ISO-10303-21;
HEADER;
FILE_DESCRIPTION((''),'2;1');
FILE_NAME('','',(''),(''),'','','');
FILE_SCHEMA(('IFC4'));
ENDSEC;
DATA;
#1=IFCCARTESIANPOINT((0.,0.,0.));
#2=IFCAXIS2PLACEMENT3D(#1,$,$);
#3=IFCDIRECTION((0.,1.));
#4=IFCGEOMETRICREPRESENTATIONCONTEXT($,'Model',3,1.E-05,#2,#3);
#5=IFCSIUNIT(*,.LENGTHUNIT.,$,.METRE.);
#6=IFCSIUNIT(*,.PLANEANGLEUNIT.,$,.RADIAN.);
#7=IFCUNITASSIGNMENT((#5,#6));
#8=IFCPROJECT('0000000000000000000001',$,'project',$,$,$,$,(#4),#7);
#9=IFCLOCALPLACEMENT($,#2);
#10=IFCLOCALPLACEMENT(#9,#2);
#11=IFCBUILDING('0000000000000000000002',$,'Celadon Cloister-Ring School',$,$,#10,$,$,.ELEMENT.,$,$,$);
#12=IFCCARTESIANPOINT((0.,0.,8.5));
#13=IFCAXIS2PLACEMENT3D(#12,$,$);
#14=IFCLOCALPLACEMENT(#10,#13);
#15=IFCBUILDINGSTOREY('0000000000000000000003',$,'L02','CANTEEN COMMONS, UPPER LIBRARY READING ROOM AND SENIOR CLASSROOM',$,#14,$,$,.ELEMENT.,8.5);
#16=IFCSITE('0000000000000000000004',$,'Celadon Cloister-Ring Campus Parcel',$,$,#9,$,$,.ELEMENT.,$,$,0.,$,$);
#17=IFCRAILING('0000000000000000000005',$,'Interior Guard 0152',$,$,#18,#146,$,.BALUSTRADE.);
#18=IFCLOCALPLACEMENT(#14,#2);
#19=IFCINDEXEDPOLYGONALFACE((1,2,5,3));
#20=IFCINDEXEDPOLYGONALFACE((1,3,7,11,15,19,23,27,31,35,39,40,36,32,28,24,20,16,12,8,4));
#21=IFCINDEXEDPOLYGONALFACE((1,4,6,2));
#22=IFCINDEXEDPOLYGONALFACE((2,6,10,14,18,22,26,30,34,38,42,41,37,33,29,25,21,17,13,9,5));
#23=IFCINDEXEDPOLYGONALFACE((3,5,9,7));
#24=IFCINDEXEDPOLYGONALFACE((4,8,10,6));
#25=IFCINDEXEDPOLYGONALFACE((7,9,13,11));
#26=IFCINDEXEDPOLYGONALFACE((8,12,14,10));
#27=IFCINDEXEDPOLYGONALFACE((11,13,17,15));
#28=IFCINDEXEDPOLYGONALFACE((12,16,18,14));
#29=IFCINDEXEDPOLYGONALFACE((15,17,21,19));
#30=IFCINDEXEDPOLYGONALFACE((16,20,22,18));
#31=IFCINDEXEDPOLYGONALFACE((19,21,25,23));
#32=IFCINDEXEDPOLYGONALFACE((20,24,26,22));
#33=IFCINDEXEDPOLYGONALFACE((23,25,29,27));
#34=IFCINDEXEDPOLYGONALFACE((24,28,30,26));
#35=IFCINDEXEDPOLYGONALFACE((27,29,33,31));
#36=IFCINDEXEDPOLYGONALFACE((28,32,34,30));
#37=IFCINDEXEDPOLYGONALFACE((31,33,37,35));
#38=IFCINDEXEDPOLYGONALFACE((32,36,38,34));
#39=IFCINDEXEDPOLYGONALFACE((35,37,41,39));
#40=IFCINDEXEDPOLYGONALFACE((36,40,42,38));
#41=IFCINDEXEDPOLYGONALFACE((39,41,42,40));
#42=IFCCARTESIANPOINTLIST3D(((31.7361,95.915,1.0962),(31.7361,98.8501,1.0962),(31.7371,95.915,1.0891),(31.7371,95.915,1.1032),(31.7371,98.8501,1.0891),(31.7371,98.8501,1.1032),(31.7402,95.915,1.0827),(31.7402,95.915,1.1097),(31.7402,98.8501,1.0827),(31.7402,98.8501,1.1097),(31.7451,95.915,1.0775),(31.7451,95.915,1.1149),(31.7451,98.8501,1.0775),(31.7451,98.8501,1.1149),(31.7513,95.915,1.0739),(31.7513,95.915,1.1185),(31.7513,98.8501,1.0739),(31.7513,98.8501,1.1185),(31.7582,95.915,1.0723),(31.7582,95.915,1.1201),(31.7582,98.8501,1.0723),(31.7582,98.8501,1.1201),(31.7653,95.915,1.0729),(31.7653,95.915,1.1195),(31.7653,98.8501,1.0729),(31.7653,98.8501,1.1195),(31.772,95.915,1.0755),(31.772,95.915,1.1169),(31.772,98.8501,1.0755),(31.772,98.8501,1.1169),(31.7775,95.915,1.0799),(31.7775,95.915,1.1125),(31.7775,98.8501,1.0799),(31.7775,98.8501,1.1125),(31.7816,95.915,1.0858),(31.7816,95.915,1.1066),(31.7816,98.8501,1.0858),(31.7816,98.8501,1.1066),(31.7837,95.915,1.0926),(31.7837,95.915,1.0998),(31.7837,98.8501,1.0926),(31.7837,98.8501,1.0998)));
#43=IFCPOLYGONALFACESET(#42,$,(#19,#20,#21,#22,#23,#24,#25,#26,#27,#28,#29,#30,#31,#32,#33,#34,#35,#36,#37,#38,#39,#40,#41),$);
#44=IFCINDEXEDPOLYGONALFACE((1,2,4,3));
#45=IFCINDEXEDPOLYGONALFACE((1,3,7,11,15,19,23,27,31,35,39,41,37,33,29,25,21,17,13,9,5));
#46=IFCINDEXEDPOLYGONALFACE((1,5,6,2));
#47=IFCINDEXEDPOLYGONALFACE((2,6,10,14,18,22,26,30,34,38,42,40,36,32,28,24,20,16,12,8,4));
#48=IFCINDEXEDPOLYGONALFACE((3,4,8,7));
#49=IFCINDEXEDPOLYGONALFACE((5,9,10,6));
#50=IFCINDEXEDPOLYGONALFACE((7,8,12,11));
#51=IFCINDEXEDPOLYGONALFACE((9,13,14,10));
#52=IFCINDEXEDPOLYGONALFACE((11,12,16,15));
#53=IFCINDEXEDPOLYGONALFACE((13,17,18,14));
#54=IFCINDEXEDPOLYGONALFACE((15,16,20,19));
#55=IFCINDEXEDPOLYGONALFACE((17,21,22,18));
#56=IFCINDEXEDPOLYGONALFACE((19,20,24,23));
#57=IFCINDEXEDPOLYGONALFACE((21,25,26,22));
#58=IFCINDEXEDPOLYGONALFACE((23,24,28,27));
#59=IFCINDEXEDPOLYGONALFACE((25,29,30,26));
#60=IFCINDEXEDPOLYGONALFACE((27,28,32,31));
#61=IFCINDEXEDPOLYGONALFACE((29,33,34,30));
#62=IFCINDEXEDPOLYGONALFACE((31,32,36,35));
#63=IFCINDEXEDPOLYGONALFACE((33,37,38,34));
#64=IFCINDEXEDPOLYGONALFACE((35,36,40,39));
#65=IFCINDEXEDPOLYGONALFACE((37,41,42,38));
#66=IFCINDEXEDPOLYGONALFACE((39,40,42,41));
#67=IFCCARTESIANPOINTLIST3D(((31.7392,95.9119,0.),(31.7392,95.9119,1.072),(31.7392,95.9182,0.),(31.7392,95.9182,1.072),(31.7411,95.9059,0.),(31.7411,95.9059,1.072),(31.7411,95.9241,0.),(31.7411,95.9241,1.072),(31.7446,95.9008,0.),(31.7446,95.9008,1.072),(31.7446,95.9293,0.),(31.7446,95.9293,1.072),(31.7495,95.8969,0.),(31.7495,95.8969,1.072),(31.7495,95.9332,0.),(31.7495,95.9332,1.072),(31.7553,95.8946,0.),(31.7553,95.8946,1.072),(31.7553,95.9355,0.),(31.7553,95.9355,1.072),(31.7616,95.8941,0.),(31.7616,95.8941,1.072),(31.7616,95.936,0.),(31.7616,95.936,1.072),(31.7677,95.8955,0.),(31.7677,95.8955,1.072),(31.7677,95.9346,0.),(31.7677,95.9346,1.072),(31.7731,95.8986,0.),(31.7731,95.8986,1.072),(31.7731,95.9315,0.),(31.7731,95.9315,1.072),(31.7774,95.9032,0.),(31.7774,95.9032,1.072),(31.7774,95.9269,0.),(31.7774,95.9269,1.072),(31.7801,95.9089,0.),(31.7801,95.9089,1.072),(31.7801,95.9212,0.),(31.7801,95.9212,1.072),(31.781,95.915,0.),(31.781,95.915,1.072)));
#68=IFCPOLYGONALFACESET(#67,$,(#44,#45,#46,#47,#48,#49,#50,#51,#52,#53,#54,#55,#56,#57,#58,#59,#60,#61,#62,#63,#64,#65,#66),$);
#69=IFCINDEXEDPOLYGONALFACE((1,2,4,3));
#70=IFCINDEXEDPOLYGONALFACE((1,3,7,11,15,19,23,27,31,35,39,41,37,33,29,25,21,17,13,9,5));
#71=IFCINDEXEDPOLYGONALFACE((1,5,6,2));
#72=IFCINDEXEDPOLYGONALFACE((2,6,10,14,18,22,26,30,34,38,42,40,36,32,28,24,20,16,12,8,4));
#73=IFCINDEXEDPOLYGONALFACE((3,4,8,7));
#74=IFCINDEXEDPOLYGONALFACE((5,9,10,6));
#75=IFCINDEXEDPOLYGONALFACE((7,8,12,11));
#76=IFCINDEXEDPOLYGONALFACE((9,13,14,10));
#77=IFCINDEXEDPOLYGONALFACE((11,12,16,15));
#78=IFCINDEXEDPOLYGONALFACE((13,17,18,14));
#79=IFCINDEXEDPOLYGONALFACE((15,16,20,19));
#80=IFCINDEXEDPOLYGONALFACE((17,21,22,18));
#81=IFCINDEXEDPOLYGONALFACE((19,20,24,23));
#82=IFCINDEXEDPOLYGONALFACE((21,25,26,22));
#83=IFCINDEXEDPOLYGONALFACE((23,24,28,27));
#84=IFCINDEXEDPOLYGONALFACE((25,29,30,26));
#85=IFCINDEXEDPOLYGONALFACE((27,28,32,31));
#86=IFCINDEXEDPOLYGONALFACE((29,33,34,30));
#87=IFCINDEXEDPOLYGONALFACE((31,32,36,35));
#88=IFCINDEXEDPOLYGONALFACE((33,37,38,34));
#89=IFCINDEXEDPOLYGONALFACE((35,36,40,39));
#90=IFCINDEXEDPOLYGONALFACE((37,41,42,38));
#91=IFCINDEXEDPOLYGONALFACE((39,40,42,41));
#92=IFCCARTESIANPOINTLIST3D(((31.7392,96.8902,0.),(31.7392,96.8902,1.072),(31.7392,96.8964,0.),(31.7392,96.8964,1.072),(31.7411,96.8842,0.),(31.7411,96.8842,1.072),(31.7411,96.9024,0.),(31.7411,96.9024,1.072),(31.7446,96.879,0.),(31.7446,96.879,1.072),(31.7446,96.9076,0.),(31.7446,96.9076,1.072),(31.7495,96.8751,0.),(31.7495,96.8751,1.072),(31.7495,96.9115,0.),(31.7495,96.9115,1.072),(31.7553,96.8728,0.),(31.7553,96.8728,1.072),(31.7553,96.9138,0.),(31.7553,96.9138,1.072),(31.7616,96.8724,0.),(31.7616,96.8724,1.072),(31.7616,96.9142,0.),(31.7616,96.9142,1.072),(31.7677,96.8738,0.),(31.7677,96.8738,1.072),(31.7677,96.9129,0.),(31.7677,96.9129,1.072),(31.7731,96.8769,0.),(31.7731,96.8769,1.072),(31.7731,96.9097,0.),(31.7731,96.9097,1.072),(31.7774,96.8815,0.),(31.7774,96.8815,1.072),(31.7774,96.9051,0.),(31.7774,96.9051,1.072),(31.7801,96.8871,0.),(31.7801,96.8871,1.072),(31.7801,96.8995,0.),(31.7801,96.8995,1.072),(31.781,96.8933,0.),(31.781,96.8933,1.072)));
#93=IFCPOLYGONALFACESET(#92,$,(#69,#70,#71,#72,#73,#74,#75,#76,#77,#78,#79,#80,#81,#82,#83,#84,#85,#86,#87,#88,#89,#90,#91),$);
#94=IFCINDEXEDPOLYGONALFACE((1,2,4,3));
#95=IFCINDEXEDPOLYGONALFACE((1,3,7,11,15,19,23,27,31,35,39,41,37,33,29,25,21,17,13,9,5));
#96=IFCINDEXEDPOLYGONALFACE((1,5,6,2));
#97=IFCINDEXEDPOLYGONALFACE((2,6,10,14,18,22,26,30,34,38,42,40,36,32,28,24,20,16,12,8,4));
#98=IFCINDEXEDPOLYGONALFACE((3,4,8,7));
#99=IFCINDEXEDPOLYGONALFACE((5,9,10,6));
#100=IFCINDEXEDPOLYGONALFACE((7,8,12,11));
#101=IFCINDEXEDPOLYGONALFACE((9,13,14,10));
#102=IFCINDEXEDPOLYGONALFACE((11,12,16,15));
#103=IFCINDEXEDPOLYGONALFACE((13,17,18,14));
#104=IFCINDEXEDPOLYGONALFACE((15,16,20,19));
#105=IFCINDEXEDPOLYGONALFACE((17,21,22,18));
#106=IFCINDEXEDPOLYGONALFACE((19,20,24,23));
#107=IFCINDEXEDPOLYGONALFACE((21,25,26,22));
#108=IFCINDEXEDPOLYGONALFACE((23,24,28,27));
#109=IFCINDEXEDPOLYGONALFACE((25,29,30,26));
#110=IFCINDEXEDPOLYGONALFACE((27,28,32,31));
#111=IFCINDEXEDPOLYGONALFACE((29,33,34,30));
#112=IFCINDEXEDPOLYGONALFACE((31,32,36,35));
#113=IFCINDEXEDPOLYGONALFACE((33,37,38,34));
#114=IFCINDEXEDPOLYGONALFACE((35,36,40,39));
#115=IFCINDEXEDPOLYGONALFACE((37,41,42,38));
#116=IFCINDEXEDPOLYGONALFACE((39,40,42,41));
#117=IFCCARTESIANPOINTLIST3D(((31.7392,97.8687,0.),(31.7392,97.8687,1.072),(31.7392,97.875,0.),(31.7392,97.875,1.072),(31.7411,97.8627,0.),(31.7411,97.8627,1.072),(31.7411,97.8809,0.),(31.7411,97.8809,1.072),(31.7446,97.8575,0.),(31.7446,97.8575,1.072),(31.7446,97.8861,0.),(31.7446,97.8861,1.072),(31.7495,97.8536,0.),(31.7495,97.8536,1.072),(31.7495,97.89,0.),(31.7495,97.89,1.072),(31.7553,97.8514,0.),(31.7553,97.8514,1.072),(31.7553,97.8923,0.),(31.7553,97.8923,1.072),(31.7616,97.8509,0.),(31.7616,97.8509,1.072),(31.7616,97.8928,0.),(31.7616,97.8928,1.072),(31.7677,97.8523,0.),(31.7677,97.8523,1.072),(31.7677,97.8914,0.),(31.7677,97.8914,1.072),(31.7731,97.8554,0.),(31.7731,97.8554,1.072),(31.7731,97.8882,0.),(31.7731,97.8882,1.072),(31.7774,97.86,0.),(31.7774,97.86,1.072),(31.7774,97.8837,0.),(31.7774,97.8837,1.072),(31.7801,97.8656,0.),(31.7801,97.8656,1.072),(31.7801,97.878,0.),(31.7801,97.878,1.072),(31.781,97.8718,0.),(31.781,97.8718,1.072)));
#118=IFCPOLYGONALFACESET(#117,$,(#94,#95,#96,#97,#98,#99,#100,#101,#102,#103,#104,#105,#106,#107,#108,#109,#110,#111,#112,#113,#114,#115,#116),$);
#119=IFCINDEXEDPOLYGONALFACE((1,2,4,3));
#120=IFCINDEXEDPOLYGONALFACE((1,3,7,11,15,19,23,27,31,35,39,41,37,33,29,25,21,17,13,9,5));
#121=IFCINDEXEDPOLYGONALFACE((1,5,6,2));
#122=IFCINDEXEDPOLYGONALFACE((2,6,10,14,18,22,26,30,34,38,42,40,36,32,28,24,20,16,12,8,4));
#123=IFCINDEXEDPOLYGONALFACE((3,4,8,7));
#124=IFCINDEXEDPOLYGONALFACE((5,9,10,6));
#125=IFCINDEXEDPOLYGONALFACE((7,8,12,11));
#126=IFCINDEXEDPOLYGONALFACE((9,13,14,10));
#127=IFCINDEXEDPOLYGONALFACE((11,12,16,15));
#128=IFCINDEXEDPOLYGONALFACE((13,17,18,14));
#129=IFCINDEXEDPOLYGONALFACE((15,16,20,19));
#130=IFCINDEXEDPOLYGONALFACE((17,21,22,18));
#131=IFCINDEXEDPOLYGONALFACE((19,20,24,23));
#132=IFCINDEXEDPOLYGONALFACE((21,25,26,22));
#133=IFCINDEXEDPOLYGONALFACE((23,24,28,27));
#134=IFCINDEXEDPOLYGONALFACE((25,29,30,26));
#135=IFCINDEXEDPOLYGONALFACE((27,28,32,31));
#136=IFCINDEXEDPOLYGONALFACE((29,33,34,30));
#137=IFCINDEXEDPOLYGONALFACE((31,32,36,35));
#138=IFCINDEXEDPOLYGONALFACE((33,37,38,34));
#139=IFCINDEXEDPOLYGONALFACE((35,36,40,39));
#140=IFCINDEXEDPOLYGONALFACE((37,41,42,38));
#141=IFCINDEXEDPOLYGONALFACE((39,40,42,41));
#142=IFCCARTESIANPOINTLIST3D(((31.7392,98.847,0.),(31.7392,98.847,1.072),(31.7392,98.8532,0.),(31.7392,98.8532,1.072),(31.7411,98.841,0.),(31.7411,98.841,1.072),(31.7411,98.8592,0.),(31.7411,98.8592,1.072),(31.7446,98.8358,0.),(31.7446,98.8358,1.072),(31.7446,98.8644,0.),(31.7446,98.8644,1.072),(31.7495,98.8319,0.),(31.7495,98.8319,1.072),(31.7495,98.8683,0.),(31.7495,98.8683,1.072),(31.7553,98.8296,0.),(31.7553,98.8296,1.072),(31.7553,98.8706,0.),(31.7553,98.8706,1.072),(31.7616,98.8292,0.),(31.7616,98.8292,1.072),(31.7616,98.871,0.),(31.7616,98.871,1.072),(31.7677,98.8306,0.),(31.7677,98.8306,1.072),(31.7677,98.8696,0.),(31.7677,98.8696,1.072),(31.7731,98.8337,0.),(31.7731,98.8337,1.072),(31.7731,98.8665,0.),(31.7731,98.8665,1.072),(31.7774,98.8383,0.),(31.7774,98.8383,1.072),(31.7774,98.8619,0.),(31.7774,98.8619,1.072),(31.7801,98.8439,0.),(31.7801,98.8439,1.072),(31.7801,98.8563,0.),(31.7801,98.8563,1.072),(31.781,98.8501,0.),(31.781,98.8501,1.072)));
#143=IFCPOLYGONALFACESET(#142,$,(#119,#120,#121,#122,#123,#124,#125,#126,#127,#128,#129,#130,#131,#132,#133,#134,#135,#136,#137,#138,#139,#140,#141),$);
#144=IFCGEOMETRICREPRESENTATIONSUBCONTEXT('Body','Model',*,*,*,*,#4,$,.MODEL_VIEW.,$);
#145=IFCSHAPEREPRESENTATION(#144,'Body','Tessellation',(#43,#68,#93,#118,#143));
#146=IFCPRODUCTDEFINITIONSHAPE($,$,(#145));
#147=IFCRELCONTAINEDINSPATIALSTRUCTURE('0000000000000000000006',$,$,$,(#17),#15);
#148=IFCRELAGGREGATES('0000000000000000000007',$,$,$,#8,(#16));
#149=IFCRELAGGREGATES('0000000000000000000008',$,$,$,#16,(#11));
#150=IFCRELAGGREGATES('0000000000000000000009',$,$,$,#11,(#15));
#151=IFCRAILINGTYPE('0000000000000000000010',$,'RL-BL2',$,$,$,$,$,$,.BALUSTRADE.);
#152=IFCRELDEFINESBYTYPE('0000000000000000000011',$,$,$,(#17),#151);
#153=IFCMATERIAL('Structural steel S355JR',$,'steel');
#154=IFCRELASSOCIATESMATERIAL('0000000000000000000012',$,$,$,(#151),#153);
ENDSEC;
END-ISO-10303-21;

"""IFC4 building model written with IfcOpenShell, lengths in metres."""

from ifc_helpers import new_model, si_unit, direction, frame, origin, origin_2d, place, context, subcontext, project, spatial, circle, extrude, material, type_object, element, save


model = new_model("IFC4")

# Units and contexts
model_context = context("Model", 3, precision=1e-05, world=origin(), true_north=direction((0.0, 1.0)))
body_context = subcontext(model_context, "Body", "Model", "MODEL_VIEW")
ifc_project = project(units=[si_unit("LENGTHUNIT", "METRE"), si_unit("PLANEANGLEUNIT", "RADIAN")], contexts=[model_context])

# Site, building, storey
site_placement = place(None, origin())
site = spatial("IfcSite", under=ifc_project, at=site_placement, Name="Celadon Cloister-Ring Campus Parcel", CompositionType="ELEMENT", RefElevation=0.0)
building_placement = place(site_placement, origin())
building = spatial("IfcBuilding", under=site, at=building_placement, Name="Celadon Cloister-Ring School", CompositionType="ELEMENT")
storey_placement = place(building_placement, frame((0.0, 0.0, 8.5)))
storey = spatial("IfcBuildingStorey", under=building, at=storey_placement, Name="L02", Description="CANTEEN COMMONS, UPPER LIBRARY READING ROOM AND SENIOR CLASSROOM", CompositionType="ELEMENT", Elevation=8.5)

# Railing
ifc_material_1 = material(Name="Structural steel S355JR", Category="steel")
railing_type_1 = type_object("IfcRailingType", Name="RL-BL2", PredefinedType="BALUSTRADE", material=ifc_material_1)
railing_1_placement = place(storey_placement, frame((31.76, 95.915, 0.0)))
element("IfcRailing", 1, at=railing_1_placement, inside=storey, type_object=railing_type_1, Name="Interior Guard 0152", PredefinedType="BALUSTRADE", context=body_context, shape_type="SweptSolid", body=[
    extrude(circle(Radius=0.0239, at=origin_2d()), frame((0.0, 0.0, 1.0962), z_axis=(0.0, 1.0, 0.0), x_axis=(-1.0, 0.0, 0.0)), (0.0, 0.0, 1.0), 2.9351),
    extrude(circle(Radius=0.021, at=origin_2d()), origin(), (0.0, 0.0, 1.0), 1.072),
    extrude(circle(Radius=0.021, at=origin_2d()), frame((0.0, 0.9783, 0.0)), (0.0, 0.0, 1.0), 1.072),
    extrude(circle(Radius=0.021, at=origin_2d()), frame((0.0, 1.9568, 0.0)), (0.0, 0.0, 1.0), 1.072),
    extrude(circle(Radius=0.021, at=origin_2d()), frame((0.0, 2.9351, 0.0)), (0.0, 0.0, 1.0), 1.072),
])

save(model, "model.ifc")
